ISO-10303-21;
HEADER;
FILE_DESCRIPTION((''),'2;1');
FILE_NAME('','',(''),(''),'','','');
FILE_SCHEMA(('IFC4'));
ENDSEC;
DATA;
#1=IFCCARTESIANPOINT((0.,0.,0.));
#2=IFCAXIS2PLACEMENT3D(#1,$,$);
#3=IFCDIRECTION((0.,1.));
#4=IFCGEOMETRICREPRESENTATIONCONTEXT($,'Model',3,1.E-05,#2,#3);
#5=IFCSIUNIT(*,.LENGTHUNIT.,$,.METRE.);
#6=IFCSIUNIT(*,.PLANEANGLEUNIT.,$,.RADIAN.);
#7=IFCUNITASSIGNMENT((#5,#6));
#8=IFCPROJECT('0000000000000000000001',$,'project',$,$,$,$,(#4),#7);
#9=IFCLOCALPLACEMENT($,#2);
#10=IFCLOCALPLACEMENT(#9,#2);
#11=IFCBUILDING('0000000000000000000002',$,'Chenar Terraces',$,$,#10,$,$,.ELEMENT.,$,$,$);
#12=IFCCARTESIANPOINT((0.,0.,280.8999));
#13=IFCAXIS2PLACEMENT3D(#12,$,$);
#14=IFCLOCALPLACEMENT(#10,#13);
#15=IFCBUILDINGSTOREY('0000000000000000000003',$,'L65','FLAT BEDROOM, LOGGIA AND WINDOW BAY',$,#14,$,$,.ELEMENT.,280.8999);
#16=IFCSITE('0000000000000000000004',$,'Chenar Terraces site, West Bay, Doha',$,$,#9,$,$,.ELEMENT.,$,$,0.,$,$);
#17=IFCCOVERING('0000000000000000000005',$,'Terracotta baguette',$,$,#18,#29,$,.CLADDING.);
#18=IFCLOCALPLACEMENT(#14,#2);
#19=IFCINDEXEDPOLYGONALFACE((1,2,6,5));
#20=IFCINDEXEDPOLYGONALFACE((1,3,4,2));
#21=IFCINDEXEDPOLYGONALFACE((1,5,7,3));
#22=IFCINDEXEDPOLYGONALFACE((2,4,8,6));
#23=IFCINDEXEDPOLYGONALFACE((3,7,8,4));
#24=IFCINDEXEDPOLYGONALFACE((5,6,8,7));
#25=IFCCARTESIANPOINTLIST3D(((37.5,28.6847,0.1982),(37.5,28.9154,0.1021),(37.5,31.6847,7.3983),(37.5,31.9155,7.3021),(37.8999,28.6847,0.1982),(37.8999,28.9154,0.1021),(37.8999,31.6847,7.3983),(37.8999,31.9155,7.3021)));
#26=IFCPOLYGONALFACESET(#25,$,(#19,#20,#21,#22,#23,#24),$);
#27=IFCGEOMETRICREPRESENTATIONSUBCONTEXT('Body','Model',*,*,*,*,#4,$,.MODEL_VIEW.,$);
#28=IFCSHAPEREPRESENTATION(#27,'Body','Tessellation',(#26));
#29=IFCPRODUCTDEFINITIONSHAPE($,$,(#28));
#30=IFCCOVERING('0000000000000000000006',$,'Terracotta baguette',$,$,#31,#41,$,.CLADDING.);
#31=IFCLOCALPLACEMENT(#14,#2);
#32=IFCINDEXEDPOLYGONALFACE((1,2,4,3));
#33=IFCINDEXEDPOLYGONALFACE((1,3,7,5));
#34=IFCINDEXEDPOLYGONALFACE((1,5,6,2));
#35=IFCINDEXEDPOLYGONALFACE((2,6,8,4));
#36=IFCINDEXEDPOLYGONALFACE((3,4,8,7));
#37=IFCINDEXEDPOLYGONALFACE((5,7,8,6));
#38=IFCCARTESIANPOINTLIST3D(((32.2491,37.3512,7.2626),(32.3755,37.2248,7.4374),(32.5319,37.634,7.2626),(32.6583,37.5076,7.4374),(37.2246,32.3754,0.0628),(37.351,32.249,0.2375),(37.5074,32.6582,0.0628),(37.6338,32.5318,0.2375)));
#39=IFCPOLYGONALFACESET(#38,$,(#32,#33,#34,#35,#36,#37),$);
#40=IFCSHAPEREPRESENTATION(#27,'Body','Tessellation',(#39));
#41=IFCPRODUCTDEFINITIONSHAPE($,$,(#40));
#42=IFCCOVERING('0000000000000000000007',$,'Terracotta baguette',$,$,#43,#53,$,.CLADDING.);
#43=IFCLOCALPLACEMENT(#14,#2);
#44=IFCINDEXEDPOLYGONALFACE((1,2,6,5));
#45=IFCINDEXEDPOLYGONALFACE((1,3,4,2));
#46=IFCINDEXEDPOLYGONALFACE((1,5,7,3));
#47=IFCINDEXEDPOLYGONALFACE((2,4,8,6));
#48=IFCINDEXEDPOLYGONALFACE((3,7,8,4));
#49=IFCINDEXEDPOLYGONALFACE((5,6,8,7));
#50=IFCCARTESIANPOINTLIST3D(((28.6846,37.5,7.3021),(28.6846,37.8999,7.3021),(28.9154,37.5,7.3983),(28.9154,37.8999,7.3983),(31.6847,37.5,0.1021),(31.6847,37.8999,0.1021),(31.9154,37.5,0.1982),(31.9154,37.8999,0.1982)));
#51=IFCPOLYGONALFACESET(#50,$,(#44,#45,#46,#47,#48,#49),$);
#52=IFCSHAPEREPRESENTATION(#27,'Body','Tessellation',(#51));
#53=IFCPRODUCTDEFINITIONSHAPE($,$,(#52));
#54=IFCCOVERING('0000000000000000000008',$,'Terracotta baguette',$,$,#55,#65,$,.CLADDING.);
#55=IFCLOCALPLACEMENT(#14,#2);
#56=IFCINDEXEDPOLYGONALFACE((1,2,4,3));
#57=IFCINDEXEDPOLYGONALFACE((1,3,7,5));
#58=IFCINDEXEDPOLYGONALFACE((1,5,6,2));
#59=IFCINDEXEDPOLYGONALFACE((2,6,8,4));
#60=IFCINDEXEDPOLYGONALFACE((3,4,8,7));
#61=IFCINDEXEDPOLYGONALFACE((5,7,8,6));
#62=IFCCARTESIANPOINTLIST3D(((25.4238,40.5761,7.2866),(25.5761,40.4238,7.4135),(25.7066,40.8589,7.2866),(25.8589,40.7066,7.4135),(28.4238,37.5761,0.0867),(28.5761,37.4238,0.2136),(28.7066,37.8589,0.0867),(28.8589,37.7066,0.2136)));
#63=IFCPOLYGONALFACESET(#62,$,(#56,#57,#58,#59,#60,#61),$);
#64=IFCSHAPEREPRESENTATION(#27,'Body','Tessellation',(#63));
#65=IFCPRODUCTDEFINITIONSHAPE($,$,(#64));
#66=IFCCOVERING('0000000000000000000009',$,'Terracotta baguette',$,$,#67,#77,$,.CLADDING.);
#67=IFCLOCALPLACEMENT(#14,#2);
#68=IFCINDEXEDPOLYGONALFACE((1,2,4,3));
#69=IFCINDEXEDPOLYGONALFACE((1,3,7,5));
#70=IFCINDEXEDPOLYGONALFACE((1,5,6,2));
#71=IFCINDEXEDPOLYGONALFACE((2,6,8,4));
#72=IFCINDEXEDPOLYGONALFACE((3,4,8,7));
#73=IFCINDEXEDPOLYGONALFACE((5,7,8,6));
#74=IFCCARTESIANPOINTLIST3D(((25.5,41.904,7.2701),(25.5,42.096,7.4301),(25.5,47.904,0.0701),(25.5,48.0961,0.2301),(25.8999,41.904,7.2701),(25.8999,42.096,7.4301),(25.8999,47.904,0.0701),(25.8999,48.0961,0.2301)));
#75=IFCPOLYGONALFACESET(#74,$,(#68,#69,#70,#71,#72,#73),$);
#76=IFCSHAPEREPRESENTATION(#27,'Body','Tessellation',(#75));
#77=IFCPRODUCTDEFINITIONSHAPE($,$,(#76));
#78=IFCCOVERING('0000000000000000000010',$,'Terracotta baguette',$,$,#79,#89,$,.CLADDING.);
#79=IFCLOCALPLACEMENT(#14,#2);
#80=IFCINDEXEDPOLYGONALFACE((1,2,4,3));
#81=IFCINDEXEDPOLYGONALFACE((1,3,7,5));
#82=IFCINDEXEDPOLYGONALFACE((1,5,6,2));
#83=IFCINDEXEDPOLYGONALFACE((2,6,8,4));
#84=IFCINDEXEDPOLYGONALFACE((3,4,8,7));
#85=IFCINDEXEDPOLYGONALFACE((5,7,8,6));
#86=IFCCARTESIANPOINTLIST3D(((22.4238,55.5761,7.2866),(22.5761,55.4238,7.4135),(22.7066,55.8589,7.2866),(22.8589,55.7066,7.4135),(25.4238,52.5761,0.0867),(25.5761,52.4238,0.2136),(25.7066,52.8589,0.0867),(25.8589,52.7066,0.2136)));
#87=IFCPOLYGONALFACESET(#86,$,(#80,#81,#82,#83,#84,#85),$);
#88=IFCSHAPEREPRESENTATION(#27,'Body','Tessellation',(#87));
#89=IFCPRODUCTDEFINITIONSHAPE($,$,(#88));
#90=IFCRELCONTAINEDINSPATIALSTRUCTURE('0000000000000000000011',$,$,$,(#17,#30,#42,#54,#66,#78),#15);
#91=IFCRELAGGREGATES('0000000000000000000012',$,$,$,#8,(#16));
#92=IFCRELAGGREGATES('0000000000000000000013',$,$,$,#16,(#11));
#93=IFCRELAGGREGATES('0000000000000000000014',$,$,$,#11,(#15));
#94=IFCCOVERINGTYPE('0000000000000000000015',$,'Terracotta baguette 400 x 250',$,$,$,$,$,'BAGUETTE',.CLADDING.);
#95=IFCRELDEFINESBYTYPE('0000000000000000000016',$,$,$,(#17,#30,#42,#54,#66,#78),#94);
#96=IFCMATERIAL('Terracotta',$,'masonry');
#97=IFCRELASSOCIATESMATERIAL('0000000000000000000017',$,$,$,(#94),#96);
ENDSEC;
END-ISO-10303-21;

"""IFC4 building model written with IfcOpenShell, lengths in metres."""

from ifc_helpers import new_model, si_unit, direction, frame, origin, origin_2d, place, context, subcontext, project, spatial, rectangle, extrude, material, material_profile, profile_set, type_object, element, save


model = new_model("IFC4")

# Units and contexts
model_context = context("Model", 3, precision=1e-05, world=origin(), true_north=direction((0.0, 1.0)))
body_context = subcontext(model_context, "Body", "Model", "MODEL_VIEW")
ifc_project = project(units=[si_unit("LENGTHUNIT", "METRE"), si_unit("PLANEANGLEUNIT", "RADIAN")], contexts=[model_context])

# Site, building, storey
site_placement = place(None, origin())
site = spatial("IfcSite", under=ifc_project, at=site_placement, Name="Chenar Terraces site, West Bay, Doha", CompositionType="ELEMENT", RefElevation=0.0)
building_placement = place(site_placement, origin())
building = spatial("IfcBuilding", under=site, at=building_placement, Name="Chenar Terraces", CompositionType="ELEMENT")
storey_placement = place(building_placement, frame((0.0, 0.0, 280.8999)))
storey = spatial("IfcBuildingStorey", under=building, at=storey_placement, Name="L65", Description="FLAT BEDROOM, LOGGIA AND WINDOW BAY", CompositionType="ELEMENT", Elevation=280.8999)

# Coverings
ifc_material_1 = material(Name="Terracotta", Category="masonry")
ifc_material_profile_1 = material_profile(ifc_material_1, rectangle(XDim=0.3999, YDim=0.25, at=origin_2d()), Name="Terracotta baguette 400 x 250")
ifc_profile_set_1 = profile_set([ifc_material_profile_1], Name="Terracotta")
covering_type = type_object("IfcCoveringType", Name="Terracotta baguette 400 x 250", ElementType="BAGUETTE", PredefinedType="CLADDING", material=ifc_profile_set_1)
covering_1_placement = place(storey_placement, frame((37.7, 28.8, 0.1501), z_axis=(0.0, 0.384618, 0.923076), x_axis=(-1.0, 0.0, 0.0)))
element("IfcCovering", 1, at=covering_1_placement, inside=storey, type_object=covering_type, Name="Terracotta baguette", PredefinedType="CLADDING", context=body_context, shape_type="SweptSolid", body=[
    extrude(rectangle(XDim=0.3999, YDim=0.25, at=origin_2d()), origin(), (0.0, 0.0, 1.0), 7.8),
])
covering_2_placement = place(storey_placement, frame((37.4292, 32.4536, 0.1501), z_axis=(-0.494222, 0.494247, 0.715167), x_axis=(-0.707124, -0.707089, 0.0)))
element("IfcCovering", 2, at=covering_2_placement, inside=storey, type_object=covering_type, Name="Terracotta baguette", PredefinedType="CLADDING", context=body_context, shape_type="SweptSolid", body=[
    extrude(rectangle(XDim=0.3999, YDim=0.25, at=origin_2d()), origin(), (0.0, 0.0, 1.0), 10.0674),
])
covering_3_placement = place(storey_placement, frame((31.8, 37.7, 0.1501), z_axis=(-0.384618, 0.0, 0.923076), x_axis=(0.0, -1.0, 0.0)))
element("IfcCovering", 3, at=covering_3_placement, inside=storey, type_object=covering_type, Name="Terracotta baguette", PredefinedType="CLADDING", context=body_context, shape_type="SweptSolid", body=[
    extrude(rectangle(XDim=0.3999, YDim=0.25, at=origin_2d()), origin(), (0.0, 0.0, 1.0), 7.8),
])
covering_4_placement = place(storey_placement, frame((28.6414, 37.6414, 0.1501), z_axis=(-0.358981, 0.358981, 0.861548), x_axis=(-0.707107, -0.707107, 0.0)))
element("IfcCovering", 4, at=covering_4_placement, inside=storey, type_object=covering_type, Name="Terracotta baguette", PredefinedType="CLADDING", context=body_context, shape_type="SweptSolid", body=[
    extrude(rectangle(XDim=0.3999, YDim=0.25, at=origin_2d()), origin(), (0.0, 0.0, 1.0), 8.3569),
])
covering_5_placement = place(storey_placement, frame((25.7, 42.0, 7.3501), z_axis=(0.0, 0.640187, -0.768219), x_axis=(-1.0, 0.0, 0.0)))
element("IfcCovering", 5, at=covering_5_placement, inside=storey, type_object=covering_type, Name="Terracotta baguette", PredefinedType="CLADDING", context=body_context, shape_type="SweptSolid", body=[
    extrude(rectangle(XDim=0.3999, YDim=0.25, at=origin_2d()), origin(), (0.0, 0.0, 1.0), 9.3723),
])
covering_6_placement = place(storey_placement, frame((25.6414, 52.6414, 0.1501), z_axis=(-0.358981, 0.358981, 0.861548), x_axis=(-0.707107, -0.707107, 0.0)))
element("IfcCovering", 6, at=covering_6_placement, inside=storey, type_object=covering_type, Name="Terracotta baguette", PredefinedType="CLADDING", context=body_context, shape_type="SweptSolid", body=[
    extrude(rectangle(XDim=0.3999, YDim=0.25, at=origin_2d()), origin(), (0.0, 0.0, 1.0), 8.3569),
])

save(model, "model.ifc")
